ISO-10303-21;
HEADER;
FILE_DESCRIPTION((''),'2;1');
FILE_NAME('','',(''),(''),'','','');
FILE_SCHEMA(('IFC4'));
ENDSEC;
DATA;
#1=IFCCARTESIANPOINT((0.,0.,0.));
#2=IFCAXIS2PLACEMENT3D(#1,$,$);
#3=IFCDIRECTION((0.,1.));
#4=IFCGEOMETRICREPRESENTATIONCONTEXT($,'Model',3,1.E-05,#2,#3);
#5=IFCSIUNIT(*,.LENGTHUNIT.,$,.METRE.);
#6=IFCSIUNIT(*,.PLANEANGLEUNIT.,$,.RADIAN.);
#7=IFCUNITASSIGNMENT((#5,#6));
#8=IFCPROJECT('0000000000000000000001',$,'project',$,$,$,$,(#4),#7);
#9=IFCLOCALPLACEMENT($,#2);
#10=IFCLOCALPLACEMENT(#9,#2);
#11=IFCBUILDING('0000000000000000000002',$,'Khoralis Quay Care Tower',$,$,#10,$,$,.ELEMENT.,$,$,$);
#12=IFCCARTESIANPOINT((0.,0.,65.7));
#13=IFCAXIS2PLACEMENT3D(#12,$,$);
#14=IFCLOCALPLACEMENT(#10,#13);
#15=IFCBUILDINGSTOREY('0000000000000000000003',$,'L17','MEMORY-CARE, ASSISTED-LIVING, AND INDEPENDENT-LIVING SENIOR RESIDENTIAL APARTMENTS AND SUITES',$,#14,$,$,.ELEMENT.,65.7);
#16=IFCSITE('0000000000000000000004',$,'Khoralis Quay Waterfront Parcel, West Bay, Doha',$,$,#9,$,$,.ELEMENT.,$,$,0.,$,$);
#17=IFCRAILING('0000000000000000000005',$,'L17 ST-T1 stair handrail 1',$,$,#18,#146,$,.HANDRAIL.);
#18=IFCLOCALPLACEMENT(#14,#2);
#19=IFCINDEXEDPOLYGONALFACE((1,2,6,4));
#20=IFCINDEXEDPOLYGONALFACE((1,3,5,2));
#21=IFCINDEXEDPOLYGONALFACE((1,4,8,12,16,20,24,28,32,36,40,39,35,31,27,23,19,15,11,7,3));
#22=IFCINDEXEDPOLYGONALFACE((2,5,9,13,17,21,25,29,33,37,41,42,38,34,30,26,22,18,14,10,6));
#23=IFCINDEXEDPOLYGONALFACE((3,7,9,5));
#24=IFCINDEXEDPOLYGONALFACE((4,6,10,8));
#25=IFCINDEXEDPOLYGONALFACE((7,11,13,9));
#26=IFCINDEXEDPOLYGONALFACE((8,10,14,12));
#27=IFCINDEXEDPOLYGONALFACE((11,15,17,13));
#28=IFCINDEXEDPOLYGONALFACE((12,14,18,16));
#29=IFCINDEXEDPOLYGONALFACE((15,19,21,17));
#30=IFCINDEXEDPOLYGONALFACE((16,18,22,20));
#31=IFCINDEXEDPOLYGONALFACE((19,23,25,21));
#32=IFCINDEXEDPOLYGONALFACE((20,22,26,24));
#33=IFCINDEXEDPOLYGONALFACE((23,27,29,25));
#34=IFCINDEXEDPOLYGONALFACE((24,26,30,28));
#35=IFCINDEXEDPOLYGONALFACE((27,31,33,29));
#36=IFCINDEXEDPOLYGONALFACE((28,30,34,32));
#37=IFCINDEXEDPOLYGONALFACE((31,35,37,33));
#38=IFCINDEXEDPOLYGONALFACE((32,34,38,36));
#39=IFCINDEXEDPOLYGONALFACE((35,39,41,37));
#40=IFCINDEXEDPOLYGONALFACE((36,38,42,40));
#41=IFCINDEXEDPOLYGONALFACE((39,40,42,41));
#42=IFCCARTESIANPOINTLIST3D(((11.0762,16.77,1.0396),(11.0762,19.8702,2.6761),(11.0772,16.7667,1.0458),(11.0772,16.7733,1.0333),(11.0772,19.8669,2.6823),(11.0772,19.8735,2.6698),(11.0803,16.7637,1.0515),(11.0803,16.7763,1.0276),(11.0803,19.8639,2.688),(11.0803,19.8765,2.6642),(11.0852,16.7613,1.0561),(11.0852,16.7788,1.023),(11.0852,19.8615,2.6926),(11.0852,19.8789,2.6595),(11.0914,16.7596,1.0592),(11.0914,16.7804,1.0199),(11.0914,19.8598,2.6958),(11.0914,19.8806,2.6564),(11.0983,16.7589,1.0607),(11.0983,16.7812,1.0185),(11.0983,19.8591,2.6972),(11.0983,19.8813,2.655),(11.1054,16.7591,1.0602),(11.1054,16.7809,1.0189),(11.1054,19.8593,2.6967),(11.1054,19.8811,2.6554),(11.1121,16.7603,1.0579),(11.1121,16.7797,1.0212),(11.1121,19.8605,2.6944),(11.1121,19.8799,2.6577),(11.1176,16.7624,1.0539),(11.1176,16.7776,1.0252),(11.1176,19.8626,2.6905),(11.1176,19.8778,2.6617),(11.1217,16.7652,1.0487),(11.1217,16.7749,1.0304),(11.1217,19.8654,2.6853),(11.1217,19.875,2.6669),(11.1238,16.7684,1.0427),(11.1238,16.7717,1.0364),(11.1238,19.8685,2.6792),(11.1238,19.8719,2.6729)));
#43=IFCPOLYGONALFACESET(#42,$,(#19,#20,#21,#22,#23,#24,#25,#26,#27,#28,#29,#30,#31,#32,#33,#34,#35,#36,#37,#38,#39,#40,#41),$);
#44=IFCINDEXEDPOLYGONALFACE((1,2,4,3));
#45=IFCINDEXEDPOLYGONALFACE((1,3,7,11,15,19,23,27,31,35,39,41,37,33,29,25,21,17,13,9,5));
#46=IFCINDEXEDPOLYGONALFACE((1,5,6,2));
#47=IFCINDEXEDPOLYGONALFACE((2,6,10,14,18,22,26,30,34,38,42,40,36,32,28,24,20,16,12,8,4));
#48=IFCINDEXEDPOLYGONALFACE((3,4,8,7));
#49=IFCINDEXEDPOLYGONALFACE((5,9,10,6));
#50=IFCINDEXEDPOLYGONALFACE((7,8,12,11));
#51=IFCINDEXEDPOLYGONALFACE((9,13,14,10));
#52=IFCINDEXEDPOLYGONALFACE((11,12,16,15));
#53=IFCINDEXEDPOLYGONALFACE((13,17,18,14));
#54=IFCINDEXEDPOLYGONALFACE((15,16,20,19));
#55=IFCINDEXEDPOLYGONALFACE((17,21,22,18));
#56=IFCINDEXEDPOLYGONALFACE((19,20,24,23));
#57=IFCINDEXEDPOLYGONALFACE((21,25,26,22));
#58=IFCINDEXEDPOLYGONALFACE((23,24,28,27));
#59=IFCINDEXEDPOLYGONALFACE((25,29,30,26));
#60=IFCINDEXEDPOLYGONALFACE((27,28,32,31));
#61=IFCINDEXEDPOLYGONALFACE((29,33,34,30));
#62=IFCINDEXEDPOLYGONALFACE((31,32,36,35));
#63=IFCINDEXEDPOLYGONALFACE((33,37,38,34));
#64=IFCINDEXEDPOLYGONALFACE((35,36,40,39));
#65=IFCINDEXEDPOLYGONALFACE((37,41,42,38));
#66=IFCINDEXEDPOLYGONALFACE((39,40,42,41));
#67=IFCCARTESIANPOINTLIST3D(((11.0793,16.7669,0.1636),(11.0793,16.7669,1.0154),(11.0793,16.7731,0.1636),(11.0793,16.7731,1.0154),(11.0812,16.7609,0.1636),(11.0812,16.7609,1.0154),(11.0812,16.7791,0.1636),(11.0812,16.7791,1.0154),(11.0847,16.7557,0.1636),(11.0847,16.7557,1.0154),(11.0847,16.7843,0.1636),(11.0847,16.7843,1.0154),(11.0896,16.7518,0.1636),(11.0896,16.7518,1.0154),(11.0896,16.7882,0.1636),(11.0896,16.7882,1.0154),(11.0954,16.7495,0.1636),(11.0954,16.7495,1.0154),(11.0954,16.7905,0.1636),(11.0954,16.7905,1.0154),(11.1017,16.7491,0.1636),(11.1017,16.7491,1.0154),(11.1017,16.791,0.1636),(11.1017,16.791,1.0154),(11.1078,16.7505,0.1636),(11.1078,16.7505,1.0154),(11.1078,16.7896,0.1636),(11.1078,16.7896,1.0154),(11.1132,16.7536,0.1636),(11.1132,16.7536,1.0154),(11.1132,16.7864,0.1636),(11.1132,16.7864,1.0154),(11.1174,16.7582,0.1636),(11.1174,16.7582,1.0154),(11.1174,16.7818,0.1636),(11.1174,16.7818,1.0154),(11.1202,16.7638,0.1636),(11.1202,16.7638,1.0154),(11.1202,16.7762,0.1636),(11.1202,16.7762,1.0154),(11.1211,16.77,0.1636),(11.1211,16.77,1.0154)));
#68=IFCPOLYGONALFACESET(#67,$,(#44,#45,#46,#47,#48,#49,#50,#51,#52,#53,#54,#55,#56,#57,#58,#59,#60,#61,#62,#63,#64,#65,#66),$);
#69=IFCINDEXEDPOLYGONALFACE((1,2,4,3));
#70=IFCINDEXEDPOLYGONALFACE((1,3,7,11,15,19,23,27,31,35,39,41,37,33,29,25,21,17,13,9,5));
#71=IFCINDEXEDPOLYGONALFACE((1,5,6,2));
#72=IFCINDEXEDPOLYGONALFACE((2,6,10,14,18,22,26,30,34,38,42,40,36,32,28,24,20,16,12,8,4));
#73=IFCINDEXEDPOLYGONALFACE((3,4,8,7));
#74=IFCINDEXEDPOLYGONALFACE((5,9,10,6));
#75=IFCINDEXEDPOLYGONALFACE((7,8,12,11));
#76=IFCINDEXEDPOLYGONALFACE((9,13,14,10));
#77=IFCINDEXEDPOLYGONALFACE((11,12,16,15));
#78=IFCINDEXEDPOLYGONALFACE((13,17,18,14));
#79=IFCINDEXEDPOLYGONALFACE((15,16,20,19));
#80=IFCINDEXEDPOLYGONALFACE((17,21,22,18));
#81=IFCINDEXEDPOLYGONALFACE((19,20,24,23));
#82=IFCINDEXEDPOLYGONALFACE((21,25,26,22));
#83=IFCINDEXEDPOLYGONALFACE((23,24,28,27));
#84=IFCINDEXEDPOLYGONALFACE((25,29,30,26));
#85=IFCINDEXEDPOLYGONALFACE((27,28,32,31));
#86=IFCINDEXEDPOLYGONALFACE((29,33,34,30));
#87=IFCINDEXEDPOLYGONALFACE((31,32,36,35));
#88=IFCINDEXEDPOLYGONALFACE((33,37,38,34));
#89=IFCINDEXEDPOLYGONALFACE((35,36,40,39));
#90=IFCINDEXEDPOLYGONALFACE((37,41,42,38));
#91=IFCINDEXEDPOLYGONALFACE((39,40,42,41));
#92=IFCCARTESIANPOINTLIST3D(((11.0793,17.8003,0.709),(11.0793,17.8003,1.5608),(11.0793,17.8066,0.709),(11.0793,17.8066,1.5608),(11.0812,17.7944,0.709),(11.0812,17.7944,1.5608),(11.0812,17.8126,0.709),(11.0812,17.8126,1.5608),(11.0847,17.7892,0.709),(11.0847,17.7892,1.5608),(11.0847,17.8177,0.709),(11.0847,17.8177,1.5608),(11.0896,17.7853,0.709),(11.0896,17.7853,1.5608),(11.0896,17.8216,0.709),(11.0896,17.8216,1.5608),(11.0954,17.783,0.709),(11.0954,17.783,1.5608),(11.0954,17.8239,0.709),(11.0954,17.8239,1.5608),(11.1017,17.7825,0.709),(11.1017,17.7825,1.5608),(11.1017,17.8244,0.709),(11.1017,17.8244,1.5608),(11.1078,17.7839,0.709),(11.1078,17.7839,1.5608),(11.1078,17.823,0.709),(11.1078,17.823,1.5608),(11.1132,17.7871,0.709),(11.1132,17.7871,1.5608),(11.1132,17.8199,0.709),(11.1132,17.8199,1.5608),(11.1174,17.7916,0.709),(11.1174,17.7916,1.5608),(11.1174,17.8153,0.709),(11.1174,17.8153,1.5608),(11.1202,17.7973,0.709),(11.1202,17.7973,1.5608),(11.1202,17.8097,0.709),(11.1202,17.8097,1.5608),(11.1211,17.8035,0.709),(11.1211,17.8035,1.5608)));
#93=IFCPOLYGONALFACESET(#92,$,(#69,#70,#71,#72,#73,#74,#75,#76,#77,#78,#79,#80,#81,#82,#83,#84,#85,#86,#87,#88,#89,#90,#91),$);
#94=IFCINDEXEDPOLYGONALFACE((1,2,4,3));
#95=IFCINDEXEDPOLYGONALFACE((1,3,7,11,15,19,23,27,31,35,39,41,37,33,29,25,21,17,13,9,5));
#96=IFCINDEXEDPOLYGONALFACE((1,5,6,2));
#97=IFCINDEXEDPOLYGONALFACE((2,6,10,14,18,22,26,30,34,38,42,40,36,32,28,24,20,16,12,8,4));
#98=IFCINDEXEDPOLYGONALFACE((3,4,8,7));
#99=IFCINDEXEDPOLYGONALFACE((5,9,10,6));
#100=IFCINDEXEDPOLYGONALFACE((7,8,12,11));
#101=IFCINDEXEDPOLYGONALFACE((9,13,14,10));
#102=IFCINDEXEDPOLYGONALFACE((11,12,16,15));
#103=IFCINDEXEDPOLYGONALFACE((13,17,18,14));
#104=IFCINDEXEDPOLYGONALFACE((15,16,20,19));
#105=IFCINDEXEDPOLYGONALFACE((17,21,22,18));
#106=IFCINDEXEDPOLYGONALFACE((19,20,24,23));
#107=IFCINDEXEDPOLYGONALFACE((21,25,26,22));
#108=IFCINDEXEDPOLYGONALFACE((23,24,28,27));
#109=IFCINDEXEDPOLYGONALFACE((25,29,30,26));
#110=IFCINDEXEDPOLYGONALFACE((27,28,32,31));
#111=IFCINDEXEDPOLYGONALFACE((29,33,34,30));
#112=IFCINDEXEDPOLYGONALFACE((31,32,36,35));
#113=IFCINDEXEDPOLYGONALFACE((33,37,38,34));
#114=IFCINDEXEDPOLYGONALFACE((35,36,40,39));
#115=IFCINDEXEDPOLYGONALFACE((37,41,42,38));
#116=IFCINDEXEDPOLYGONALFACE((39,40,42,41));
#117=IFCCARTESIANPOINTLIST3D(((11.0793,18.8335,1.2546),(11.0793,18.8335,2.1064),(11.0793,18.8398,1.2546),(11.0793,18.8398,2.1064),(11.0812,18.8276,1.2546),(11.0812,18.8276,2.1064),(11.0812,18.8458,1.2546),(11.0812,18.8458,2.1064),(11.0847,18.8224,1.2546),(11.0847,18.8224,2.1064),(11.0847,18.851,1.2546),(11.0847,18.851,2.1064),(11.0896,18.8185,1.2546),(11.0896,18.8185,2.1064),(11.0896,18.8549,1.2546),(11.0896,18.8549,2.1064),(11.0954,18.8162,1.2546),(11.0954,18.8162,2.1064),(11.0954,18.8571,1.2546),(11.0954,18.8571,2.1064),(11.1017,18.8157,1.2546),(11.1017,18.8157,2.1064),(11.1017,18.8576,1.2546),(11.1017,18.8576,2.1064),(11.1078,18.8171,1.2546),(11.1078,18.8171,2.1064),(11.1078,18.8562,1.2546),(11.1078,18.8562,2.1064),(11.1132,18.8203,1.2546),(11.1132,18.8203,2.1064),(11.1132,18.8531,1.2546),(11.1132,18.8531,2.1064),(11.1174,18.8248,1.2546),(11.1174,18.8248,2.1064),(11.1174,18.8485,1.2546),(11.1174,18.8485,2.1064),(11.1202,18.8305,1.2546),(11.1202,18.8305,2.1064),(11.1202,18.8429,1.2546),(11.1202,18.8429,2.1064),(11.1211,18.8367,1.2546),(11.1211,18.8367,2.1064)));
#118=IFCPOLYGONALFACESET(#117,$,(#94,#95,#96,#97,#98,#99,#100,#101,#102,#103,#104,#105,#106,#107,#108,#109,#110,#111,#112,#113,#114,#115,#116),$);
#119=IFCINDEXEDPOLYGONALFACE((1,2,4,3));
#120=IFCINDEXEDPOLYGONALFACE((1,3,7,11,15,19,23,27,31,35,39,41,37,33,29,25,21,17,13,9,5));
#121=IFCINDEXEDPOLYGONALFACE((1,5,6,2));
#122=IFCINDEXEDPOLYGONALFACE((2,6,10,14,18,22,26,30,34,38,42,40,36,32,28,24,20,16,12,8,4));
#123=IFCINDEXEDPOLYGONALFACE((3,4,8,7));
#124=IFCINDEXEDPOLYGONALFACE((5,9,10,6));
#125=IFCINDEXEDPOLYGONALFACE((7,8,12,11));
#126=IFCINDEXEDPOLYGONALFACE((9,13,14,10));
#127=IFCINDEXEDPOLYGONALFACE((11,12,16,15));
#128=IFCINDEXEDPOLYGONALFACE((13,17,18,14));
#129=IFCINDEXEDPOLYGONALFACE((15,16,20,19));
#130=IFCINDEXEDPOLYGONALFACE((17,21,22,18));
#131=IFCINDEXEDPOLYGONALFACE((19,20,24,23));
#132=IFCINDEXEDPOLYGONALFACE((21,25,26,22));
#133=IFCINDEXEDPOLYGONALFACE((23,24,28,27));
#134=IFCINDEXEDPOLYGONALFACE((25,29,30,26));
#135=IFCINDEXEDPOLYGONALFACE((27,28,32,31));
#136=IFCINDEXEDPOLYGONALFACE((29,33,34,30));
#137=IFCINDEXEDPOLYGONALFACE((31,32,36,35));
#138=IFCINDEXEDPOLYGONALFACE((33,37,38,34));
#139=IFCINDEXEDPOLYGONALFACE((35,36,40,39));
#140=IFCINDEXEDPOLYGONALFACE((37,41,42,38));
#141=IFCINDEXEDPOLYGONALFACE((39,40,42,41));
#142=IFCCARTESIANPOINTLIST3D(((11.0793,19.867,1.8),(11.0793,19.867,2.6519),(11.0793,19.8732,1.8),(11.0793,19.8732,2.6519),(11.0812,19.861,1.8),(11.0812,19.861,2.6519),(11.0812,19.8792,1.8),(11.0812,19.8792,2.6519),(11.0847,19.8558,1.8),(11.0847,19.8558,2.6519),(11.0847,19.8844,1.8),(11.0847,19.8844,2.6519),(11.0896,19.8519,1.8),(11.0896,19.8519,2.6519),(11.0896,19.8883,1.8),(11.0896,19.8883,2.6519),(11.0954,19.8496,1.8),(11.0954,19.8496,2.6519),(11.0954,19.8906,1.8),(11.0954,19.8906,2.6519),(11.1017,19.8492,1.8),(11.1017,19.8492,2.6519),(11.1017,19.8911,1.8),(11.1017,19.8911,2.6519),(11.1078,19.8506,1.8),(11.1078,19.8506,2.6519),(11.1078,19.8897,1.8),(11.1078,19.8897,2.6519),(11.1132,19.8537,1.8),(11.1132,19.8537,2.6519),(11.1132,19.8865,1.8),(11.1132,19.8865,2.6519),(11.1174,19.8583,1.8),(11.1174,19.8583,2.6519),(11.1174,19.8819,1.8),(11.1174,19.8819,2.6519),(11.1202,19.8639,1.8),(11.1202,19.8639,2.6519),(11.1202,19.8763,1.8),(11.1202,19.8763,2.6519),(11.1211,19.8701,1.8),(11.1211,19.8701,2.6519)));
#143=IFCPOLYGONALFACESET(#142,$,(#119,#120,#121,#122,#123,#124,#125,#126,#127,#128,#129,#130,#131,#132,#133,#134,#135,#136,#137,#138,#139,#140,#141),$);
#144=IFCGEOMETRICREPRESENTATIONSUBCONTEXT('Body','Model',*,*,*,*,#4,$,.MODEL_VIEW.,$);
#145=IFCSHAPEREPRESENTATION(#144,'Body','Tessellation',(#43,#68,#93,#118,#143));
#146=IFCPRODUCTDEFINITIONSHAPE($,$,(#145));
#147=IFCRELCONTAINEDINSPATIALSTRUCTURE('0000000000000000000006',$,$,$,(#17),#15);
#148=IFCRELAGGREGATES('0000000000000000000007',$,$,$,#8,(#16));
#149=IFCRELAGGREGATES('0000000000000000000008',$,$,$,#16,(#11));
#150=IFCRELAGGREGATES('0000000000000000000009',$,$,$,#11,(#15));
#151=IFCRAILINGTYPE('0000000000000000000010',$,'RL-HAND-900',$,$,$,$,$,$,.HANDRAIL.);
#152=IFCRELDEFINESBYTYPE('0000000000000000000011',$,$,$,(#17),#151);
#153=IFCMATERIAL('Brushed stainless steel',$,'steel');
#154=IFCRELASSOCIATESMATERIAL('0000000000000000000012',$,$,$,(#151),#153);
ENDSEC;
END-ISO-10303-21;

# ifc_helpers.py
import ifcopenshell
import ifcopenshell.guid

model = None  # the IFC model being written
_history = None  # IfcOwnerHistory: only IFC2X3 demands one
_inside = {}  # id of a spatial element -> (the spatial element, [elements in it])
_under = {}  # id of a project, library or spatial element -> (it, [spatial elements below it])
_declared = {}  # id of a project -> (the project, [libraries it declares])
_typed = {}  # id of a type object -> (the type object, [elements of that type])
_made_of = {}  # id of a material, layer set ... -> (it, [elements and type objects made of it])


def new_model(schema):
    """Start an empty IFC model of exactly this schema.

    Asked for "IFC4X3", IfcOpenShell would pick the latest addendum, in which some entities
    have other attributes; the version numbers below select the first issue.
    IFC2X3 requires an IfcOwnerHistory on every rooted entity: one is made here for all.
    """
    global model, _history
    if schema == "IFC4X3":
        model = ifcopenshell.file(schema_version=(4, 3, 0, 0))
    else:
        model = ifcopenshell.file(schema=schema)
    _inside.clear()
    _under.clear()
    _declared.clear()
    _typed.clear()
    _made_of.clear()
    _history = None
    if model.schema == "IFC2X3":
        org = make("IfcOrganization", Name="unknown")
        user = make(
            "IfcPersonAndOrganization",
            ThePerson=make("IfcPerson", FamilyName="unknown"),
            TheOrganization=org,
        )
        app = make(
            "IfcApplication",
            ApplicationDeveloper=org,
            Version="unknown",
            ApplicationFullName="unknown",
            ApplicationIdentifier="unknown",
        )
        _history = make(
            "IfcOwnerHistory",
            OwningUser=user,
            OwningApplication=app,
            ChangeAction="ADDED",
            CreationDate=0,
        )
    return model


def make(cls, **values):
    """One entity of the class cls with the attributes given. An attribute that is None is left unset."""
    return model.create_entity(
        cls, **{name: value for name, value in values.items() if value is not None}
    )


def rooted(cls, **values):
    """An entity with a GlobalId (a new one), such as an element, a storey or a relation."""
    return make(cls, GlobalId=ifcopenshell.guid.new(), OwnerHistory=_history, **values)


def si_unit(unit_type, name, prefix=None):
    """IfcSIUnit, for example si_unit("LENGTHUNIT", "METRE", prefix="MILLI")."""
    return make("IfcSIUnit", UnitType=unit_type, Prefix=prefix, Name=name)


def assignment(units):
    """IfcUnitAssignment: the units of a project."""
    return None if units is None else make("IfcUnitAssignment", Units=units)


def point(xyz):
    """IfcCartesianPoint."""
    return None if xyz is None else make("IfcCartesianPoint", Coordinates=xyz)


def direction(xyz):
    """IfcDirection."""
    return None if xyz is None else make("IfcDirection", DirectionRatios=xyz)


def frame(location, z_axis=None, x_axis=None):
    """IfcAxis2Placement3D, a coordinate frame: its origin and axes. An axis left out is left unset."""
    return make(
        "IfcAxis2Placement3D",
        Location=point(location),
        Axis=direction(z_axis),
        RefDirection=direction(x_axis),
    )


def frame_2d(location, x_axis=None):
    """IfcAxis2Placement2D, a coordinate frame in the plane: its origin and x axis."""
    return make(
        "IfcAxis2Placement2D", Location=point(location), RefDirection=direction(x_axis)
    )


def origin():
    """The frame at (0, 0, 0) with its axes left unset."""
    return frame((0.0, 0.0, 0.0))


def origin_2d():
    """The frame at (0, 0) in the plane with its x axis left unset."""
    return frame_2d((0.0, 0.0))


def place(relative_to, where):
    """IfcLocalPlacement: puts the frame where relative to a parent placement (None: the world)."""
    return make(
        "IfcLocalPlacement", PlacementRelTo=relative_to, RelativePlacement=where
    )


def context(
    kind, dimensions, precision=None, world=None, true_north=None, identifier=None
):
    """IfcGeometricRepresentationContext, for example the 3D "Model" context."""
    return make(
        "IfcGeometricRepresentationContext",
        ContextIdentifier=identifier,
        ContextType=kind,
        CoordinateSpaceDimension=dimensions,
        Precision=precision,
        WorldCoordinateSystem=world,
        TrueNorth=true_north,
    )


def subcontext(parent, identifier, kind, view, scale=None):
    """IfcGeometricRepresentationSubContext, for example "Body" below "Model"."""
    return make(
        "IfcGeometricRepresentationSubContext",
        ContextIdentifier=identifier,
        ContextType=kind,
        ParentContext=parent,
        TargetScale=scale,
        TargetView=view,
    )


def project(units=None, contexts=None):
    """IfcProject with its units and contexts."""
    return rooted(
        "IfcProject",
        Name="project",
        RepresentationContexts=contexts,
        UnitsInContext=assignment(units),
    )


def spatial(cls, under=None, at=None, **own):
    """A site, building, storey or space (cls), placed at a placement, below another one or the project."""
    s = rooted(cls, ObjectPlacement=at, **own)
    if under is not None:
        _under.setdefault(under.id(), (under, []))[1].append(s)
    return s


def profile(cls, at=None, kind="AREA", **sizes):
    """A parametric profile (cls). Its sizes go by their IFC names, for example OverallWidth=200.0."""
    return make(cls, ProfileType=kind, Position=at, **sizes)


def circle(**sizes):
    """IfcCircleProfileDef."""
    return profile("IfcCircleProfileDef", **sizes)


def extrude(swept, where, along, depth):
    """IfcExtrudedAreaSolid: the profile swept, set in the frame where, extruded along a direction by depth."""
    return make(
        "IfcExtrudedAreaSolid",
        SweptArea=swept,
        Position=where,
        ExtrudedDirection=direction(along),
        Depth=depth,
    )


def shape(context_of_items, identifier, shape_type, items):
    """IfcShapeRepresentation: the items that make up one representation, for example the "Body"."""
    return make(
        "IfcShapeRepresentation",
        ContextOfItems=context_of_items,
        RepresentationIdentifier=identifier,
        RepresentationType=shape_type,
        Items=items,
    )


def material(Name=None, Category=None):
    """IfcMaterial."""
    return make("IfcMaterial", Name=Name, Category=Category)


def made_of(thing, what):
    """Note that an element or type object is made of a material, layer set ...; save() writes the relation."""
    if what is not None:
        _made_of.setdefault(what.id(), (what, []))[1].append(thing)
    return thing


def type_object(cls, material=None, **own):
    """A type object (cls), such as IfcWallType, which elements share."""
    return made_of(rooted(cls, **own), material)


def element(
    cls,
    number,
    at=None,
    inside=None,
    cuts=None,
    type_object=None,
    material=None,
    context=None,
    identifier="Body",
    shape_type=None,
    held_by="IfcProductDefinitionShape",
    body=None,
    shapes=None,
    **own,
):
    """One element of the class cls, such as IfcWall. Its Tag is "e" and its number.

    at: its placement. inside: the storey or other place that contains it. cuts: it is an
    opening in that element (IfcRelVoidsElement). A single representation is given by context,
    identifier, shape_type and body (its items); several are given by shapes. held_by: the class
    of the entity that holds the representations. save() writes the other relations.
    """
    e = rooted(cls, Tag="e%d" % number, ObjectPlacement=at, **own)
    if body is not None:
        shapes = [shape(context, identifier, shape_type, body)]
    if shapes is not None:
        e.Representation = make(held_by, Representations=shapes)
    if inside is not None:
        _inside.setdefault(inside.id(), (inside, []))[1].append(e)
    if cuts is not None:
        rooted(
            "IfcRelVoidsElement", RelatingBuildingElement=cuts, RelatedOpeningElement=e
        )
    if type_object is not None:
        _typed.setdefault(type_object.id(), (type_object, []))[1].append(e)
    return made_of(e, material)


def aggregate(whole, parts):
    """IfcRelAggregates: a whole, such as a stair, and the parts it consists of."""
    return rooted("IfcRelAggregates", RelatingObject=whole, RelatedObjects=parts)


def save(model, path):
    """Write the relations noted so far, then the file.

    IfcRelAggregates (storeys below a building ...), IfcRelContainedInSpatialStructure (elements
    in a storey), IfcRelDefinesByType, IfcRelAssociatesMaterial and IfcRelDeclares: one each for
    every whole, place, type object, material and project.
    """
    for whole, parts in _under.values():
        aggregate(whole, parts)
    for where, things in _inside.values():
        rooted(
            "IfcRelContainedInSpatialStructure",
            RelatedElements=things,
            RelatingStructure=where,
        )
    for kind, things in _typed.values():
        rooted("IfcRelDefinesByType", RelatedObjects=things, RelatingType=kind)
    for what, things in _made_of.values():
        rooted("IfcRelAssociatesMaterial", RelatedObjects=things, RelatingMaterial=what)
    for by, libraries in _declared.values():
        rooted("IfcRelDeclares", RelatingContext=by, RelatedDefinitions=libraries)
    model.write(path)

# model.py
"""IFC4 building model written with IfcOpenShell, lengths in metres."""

from ifc_helpers import new_model, si_unit, direction, frame, origin, origin_2d, place, context, subcontext, project, spatial, circle, extrude, material, type_object, element, save


model = new_model("IFC4")

# Units and contexts
model_context = context("Model", 3, precision=1e-05, world=origin(), true_north=direction((0.0, 1.0)))
body_context = subcontext(model_context, "Body", "Model", "MODEL_VIEW")
ifc_project = project(units=[si_unit("LENGTHUNIT", "METRE"), si_unit("PLANEANGLEUNIT", "RADIAN")], contexts=[model_context])

# Site, building, storey
site_placement = place(None, origin())
site = spatial("IfcSite", under=ifc_project, at=site_placement, Name="Khoralis Quay Waterfront Parcel, West Bay, Doha", CompositionType="ELEMENT", RefElevation=0.0)
building_placement = place(site_placement, origin())
building = spatial("IfcBuilding", under=site, at=building_placement, Name="Khoralis Quay Care Tower", CompositionType="ELEMENT")
storey_placement = place(building_placement, frame((0.0, 0.0, 65.7)))
storey = spatial("IfcBuildingStorey", under=building, at=storey_placement, Name="L17", Description="MEMORY-CARE, ASSISTED-LIVING, AND INDEPENDENT-LIVING SENIOR RESIDENTIAL APARTMENTS AND SUITES", CompositionType="ELEMENT", Elevation=65.7)

# Shared definitions
ifc_material_1 = material(Name="Brushed stainless steel", Category="steel")

# Railing
railing_type_1 = type_object("IfcRailingType", Name="RL-HAND-900", PredefinedType="HANDRAIL", material=ifc_material_1)
railing_1_placement = place(storey_placement, frame((11.1001, 16.77, 0.1636)))
element("IfcRailing", 1, at=railing_1_placement, inside=storey, type_object=railing_type_1, Name="L17 ST-T1 stair handrail 1", PredefinedType="HANDRAIL", context=body_context, shape_type="SweptSolid", body=[
    extrude(circle(Radius=0.0239, at=origin_2d()), frame((0.0, 0.0, 0.876), z_axis=(0.0, 0.884348, 0.466828), x_axis=(-1.0, 0.0, 0.0)), (0.0, 0.0, 1.0), 3.5056),
    extrude(circle(Radius=0.021, at=origin_2d()), origin(), (0.0, 0.0, 1.0), 0.8518),
    extrude(circle(Radius=0.021, at=origin_2d()), frame((0.0, 1.0334, 0.5454)), (0.0, 0.0, 1.0), 0.8518),
    extrude(circle(Radius=0.021, at=origin_2d()), frame((0.0, 2.0667, 1.0911)), (0.0, 0.0, 1.0), 0.8518),
    extrude(circle(Radius=0.021, at=origin_2d()), frame((0.0, 3.1001, 1.6365)), (0.0, 0.0, 1.0), 0.8518),
])

save(model, "model.ifc")
